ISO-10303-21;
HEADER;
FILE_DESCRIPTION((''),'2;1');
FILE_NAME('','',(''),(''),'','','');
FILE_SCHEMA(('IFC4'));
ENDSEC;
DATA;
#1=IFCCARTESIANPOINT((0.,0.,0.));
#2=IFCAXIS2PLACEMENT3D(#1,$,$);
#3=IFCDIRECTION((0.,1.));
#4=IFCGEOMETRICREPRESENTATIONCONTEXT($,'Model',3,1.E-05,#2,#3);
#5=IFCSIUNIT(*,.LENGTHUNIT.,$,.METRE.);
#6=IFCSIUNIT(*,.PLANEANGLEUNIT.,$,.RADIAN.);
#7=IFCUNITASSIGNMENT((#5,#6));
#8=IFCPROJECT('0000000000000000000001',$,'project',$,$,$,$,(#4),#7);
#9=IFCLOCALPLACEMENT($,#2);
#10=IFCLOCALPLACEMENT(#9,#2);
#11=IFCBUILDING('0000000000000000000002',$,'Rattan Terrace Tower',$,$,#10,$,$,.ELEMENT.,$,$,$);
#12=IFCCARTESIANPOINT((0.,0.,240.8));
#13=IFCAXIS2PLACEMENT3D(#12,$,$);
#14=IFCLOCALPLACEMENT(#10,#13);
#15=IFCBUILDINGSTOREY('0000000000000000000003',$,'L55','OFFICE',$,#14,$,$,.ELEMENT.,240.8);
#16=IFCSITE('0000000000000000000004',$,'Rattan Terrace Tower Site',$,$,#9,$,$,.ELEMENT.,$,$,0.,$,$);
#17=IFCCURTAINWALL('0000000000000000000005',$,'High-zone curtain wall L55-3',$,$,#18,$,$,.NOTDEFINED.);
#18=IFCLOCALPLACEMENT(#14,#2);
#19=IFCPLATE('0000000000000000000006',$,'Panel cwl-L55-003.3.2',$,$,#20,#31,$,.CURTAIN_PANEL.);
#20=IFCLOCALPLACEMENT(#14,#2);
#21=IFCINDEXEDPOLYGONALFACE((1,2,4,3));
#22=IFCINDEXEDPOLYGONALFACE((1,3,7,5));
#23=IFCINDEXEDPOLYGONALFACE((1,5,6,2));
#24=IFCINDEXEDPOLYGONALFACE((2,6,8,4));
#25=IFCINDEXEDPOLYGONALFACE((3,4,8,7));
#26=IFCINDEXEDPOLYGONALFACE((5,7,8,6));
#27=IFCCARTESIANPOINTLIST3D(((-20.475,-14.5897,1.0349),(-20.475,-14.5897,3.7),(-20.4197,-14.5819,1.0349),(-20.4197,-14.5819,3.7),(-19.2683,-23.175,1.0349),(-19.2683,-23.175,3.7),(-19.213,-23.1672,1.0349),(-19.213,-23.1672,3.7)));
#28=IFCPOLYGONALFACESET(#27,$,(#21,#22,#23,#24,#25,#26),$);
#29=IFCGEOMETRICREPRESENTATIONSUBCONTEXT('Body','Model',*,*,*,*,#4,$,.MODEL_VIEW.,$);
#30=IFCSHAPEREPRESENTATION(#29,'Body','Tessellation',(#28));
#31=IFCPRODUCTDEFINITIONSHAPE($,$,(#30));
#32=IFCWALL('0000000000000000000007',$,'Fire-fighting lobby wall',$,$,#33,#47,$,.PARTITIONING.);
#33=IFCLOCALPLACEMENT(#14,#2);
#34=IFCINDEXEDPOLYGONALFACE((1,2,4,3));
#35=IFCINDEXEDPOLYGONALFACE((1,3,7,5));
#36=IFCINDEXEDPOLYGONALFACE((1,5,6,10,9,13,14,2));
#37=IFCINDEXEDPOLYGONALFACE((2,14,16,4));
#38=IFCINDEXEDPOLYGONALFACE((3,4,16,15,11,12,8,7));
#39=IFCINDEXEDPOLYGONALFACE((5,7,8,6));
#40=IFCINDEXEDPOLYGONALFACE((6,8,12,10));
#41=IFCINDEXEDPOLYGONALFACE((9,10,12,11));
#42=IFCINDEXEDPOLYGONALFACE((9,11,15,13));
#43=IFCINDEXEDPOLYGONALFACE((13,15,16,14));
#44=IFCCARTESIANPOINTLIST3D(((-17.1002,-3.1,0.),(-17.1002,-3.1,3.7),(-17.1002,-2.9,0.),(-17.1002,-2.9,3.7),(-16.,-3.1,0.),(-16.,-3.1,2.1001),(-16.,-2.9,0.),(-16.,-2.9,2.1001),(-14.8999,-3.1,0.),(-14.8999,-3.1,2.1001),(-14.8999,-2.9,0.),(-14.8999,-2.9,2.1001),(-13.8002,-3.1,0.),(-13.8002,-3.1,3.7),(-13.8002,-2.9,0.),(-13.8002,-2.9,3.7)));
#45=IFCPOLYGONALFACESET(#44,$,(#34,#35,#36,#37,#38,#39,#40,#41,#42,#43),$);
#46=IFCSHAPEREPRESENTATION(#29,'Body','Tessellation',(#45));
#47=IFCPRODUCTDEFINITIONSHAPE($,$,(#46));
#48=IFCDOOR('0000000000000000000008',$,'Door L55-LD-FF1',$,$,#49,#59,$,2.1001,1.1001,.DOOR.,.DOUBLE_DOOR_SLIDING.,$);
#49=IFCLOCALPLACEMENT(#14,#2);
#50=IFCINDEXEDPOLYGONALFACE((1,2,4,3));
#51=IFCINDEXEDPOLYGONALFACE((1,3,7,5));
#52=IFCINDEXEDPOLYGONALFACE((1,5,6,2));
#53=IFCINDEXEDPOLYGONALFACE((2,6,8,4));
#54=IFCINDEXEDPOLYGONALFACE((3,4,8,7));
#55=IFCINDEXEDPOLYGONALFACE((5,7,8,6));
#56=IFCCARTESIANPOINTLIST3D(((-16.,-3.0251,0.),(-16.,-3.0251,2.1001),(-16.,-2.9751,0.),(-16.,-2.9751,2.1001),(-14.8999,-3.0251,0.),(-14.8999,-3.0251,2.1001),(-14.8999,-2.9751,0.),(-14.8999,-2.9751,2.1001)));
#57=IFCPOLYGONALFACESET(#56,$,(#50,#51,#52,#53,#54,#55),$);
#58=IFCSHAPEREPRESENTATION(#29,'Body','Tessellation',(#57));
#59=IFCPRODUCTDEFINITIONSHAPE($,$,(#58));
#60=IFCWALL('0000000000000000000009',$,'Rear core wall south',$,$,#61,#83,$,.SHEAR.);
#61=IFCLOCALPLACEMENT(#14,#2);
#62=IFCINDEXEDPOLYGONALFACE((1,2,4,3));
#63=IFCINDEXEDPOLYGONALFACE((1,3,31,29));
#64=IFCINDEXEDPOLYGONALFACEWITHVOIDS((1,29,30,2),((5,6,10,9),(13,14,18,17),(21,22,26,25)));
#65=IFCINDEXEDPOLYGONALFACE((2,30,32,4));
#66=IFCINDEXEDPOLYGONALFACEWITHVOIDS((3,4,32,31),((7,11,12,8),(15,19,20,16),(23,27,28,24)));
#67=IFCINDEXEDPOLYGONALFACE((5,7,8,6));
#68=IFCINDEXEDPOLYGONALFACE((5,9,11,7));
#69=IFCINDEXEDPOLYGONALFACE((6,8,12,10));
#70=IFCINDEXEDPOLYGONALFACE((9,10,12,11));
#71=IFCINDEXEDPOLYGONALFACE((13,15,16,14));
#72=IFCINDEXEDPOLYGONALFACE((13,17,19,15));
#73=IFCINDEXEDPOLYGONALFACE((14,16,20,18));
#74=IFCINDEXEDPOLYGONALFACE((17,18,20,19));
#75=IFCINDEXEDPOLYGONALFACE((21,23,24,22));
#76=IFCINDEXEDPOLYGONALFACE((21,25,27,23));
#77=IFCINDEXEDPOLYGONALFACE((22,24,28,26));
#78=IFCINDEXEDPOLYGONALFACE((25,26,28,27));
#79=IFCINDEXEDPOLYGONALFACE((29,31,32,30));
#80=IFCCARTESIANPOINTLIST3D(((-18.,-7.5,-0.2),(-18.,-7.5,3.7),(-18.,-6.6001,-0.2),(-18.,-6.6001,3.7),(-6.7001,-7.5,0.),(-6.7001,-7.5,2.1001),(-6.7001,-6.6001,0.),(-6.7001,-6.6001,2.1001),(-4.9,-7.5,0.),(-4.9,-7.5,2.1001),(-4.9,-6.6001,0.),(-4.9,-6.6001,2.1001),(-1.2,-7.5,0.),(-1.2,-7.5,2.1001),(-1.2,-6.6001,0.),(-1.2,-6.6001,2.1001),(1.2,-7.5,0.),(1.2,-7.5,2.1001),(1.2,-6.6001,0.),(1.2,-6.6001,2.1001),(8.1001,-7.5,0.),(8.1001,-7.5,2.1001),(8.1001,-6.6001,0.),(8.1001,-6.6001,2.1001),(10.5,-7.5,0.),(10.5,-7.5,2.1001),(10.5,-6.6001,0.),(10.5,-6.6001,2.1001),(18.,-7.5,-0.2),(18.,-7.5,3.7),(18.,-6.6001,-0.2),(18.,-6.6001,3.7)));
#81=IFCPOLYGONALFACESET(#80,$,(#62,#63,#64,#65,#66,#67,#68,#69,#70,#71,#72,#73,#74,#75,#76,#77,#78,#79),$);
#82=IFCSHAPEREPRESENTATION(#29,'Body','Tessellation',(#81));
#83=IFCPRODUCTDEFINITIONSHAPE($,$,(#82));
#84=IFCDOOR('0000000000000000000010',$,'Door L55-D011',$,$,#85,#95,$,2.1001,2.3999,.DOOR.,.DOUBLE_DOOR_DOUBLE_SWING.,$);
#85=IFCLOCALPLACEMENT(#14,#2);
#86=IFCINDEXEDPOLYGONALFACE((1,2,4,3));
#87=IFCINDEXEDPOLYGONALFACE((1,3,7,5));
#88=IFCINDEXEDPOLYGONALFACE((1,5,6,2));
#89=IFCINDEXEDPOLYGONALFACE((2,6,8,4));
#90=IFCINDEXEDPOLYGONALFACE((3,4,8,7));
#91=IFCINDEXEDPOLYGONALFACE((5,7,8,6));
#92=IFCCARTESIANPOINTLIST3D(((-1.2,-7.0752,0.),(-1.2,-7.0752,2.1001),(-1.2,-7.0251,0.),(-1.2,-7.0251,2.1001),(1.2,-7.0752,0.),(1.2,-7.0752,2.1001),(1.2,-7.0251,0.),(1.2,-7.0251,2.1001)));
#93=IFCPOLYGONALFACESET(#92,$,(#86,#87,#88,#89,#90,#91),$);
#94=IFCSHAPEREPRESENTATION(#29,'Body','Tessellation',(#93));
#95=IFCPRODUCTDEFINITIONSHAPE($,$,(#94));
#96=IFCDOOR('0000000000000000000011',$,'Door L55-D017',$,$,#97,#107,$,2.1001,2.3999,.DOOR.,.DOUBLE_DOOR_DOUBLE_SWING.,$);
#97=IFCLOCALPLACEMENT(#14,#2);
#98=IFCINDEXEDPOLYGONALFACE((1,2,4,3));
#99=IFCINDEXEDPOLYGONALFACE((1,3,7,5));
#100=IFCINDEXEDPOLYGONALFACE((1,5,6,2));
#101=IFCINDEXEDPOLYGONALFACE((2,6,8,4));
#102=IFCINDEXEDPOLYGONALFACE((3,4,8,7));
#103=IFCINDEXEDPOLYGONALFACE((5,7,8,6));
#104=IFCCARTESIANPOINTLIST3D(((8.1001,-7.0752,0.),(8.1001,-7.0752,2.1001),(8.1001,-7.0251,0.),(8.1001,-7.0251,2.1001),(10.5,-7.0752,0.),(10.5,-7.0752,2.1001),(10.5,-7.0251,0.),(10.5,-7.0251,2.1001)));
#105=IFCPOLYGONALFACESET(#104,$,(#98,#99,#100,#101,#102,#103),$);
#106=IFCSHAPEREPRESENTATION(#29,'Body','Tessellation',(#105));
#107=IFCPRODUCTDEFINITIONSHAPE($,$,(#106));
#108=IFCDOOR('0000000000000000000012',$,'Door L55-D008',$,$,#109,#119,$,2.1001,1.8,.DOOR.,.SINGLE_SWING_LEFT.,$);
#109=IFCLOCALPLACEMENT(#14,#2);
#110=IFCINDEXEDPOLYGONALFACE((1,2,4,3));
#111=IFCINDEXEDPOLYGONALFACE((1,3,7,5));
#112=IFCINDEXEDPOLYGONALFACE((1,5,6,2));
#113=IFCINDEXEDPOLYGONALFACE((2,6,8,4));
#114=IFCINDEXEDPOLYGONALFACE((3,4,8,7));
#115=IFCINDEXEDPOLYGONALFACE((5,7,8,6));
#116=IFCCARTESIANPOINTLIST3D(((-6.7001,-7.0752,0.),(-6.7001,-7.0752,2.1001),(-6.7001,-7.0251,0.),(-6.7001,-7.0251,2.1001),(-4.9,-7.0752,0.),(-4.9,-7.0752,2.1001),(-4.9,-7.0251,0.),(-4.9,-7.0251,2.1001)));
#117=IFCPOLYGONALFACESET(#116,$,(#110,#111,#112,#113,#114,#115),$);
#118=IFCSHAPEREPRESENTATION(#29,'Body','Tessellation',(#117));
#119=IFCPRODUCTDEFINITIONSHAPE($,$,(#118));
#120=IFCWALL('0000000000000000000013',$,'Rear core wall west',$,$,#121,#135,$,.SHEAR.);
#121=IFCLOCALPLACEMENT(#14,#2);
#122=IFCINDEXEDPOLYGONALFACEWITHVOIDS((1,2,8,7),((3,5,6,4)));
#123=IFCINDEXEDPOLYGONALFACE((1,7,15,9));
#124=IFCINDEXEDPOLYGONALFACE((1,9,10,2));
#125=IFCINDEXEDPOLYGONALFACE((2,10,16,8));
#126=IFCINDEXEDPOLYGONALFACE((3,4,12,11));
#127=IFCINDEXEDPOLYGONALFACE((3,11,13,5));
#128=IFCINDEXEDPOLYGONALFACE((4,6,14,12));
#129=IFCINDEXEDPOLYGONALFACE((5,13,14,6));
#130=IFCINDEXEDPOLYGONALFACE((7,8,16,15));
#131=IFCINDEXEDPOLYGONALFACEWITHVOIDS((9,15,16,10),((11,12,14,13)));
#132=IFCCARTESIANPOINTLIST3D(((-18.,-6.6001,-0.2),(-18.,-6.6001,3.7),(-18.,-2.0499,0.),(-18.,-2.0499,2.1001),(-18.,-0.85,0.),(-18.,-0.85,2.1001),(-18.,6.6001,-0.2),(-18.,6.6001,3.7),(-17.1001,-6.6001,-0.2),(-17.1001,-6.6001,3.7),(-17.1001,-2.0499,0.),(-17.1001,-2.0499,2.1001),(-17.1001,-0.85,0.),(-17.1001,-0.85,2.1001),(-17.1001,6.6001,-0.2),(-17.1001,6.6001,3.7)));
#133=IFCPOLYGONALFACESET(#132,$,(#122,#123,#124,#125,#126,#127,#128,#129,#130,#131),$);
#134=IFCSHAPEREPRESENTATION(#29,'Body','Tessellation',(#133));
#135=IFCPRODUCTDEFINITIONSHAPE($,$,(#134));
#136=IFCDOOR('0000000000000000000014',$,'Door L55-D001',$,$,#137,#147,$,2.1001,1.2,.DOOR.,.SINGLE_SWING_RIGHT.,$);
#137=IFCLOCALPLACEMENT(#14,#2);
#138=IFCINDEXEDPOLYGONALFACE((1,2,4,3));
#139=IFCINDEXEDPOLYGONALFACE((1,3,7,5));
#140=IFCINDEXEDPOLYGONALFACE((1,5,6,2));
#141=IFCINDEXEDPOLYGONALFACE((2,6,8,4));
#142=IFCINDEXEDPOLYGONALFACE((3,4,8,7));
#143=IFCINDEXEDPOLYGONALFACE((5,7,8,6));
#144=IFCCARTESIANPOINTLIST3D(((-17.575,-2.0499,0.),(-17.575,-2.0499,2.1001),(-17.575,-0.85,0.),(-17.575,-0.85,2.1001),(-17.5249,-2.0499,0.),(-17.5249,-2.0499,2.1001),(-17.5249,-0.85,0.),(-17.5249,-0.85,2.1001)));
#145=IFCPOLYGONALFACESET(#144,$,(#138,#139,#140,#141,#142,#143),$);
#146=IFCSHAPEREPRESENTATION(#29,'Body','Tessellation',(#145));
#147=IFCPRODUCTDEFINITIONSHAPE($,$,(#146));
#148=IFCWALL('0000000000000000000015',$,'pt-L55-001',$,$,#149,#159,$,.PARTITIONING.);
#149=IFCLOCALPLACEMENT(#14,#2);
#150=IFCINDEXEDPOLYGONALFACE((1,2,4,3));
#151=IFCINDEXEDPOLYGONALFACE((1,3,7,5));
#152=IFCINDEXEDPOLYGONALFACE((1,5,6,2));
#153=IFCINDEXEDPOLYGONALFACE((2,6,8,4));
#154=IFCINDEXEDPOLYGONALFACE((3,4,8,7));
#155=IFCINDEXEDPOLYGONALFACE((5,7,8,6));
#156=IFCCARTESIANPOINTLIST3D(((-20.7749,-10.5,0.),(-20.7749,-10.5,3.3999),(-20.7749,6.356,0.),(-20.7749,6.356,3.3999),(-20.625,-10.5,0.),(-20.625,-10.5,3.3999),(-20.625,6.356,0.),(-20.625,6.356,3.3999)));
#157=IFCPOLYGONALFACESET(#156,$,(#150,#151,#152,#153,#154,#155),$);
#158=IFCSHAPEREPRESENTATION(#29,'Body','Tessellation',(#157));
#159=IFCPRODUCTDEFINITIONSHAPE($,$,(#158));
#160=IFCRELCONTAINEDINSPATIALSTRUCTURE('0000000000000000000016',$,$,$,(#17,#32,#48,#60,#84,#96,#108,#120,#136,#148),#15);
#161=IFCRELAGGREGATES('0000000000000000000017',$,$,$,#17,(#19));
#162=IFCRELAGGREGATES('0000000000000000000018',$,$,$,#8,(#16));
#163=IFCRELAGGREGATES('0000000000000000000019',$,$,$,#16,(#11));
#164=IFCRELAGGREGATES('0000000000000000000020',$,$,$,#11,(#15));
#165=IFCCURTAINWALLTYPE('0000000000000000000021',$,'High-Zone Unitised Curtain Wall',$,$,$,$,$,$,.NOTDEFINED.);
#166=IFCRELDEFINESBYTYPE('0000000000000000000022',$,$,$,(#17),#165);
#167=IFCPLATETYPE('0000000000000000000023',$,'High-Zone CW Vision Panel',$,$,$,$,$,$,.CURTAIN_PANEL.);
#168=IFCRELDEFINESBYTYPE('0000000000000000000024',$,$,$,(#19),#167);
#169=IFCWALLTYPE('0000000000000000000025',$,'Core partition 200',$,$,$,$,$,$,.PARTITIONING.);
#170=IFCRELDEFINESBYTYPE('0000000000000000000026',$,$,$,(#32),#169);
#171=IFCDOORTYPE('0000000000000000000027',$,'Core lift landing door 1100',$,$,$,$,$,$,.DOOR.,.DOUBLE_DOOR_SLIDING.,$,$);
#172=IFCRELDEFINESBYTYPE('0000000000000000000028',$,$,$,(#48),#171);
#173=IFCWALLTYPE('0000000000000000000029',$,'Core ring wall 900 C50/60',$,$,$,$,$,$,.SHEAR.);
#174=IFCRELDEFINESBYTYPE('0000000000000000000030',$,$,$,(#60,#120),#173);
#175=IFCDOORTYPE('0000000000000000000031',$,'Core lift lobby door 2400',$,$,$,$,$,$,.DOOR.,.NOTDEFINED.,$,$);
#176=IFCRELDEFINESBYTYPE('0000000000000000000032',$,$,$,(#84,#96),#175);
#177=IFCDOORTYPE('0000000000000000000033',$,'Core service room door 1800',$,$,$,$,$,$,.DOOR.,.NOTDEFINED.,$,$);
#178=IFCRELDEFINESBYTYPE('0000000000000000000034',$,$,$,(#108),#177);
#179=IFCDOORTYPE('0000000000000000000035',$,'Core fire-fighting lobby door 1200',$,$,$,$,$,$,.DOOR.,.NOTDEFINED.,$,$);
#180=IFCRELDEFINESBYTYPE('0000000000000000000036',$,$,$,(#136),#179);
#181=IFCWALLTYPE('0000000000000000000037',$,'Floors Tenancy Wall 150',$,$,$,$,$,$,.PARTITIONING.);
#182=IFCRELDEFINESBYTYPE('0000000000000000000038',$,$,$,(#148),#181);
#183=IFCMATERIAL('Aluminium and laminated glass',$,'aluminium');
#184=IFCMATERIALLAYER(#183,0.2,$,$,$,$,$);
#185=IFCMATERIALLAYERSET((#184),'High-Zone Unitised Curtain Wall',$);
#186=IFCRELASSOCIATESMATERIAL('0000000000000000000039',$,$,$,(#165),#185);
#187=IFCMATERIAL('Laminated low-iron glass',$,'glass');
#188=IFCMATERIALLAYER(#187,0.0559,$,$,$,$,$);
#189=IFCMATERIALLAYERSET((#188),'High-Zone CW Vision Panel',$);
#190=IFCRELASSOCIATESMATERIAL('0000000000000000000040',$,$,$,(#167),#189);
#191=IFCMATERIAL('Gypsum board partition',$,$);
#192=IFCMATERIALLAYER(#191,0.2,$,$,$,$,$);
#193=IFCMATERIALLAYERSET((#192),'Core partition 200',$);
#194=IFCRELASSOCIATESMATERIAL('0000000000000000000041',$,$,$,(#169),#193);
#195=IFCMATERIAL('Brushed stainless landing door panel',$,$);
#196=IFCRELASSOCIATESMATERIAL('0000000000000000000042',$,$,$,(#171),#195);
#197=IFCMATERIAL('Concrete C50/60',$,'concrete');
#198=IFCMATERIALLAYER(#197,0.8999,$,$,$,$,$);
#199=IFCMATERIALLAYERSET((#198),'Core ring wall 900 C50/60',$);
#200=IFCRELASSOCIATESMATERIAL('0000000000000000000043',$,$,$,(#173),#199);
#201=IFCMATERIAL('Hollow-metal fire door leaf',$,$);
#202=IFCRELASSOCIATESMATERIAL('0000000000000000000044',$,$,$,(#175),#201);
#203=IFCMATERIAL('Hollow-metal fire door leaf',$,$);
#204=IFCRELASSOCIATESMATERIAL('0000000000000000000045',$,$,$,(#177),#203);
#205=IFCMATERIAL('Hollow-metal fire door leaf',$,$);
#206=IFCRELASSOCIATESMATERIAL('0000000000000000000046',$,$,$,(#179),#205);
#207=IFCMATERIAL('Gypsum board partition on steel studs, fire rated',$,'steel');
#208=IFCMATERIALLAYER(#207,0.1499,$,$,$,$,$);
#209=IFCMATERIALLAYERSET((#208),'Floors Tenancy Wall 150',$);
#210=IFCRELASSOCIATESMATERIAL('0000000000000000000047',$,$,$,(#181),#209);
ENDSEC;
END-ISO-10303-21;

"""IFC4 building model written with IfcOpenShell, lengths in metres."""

from ifc_helpers import new_model, si_unit, direction, frame, frame_2d, origin, origin_2d, place, context, subcontext, project, spatial, rectangle, extrude, material, layer, layer_set, type_object, element, fill, aggregate, save


model = new_model("IFC4")

# Units and contexts
model_context = context("Model", 3, precision=1e-05, world=origin(), true_north=direction((0.0, 1.0)))
body_context = subcontext(model_context, "Body", "Model", "MODEL_VIEW")
ifc_project = project(units=[si_unit("LENGTHUNIT", "METRE"), si_unit("PLANEANGLEUNIT", "RADIAN")], contexts=[model_context])

# Site, building, storey
site_placement = place(None, origin())
site = spatial("IfcSite", under=ifc_project, at=site_placement, Name="Rattan Terrace Tower Site", CompositionType="ELEMENT", RefElevation=0.0)
building_placement = place(site_placement, origin())
building = spatial("IfcBuilding", under=site, at=building_placement, Name="Rattan Terrace Tower", CompositionType="ELEMENT")
storey_placement = place(building_placement, frame((0.0, 0.0, 240.8)))
storey = spatial("IfcBuildingStorey", under=building, at=storey_placement, Name="L55", Description="OFFICE", CompositionType="ELEMENT", Elevation=240.8)

# Curtain wall, plate
ifc_material_1 = material(Name="Aluminium and laminated glass", Category="aluminium")
ifc_layer_1 = layer(ifc_material_1, 0.2)
ifc_layer_set_1 = layer_set([ifc_layer_1], Name="High-Zone Unitised Curtain Wall")
curtain_wall_type = type_object("IfcCurtainWallType", Name="High-Zone Unitised Curtain Wall", PredefinedType="NOTDEFINED", material=ifc_layer_set_1)
curtain_wall_placement = place(storey_placement, origin())
curtain_wall = element("IfcCurtainWall", 1, at=curtain_wall_placement, inside=storey, type_object=curtain_wall_type, Name="High-zone curtain wall L55-3", PredefinedType="NOTDEFINED")
ifc_material_2 = material(Name="Laminated low-iron glass", Category="glass")
ifc_layer_2 = layer(ifc_material_2, 0.0559)
ifc_layer_set_2 = layer_set([ifc_layer_2], Name="High-Zone CW Vision Panel")
plate_type_1 = type_object("IfcPlateType", Name="High-Zone CW Vision Panel", PredefinedType="CURTAIN_PANEL", material=ifc_layer_set_2)
plate_1_placement = place(storey_placement, frame((-19.844, -18.8784, 1.0349), z_axis=(0.0, 0.0, 1.0), x_axis=(0.139186, -0.990266, 0.0)))
plate_1 = element("IfcPlate", 2, at=plate_1_placement, type_object=plate_type_1, Name="Panel cwl-L55-003.3.2", PredefinedType="CURTAIN_PANEL", context=body_context, shape_type="SweptSolid", body=[
    extrude(rectangle(XDim=8.6697, YDim=0.0559, at=origin_2d()), origin(), (0.0, 0.0, 1.0), 2.665),
])
aggregate(curtain_wall, [plate_1])

# Wall, opening, door
ifc_material_3 = material(Name="Gypsum board partition")
ifc_layer_3 = layer(ifc_material_3, 0.2)
ifc_layer_set_3 = layer_set([ifc_layer_3], Name="Core partition 200")
wall_type_1 = type_object("IfcWallType", Name="Core partition 200", PredefinedType="PARTITIONING", material=ifc_layer_set_3)
wall_1_placement = place(storey_placement, frame((-17.1001, -3.0, 0.0), z_axis=(0.0, 0.0, 1.0), x_axis=(1.0, 0.0, 0.0)))
wall_1 = element("IfcWall", 3, at=wall_1_placement, inside=storey, type_object=wall_type_1, Name="Fire-fighting lobby wall", PredefinedType="PARTITIONING", context=body_context, shape_type="SweptSolid", body=[
    extrude(rectangle(XDim=3.3, YDim=0.2, at=frame_2d((1.6499, 0.0))), origin(), (0.0, 0.0, 1.0), 3.7),
])
opening_1_placement = place(wall_1_placement, frame((1.1001, 0.0, 0.0)))
opening_1 = element("IfcOpeningElement", 4, at=opening_1_placement, cuts=wall_1, PredefinedType="OPENING", context=body_context, shape_type="SweptSolid", body=[
    extrude(rectangle(XDim=1.1001, YDim=2.1001, at=frame_2d((0.55, 1.05))), frame((0.0, 0.1106, 0.0), z_axis=(0.0, -1.0, 0.0), x_axis=(1.0, 0.0, 0.0)), (0.0, 0.0, 1.0), 0.2209),
])
ifc_material_4 = material(Name="Brushed stainless landing door panel")
door_type_1 = type_object("IfcDoorType", Name="Core lift landing door 1100", OperationType="DOUBLE_DOOR_SLIDING", PredefinedType="DOOR", material=ifc_material_4)
door_1_placement = place(opening_1_placement, origin())
door_1 = element("IfcDoor", 5, at=door_1_placement, inside=storey, type_object=door_type_1, Name="Door L55-LD-FF1", OperationType="DOUBLE_DOOR_SLIDING", OverallHeight=2.1001, OverallWidth=1.1001, PredefinedType="DOOR", context=body_context, shape_type="SweptSolid", body=[
    extrude(rectangle(XDim=1.1001, YDim=2.1001, at=frame_2d((0.55, 1.05))), frame((0.0, 0.0249, 0.0), z_axis=(0.0, -1.0, 0.0), x_axis=(1.0, 0.0, 0.0)), (0.0, 0.0, 1.0), 0.05),
])
fill(opening_1, door_1)

# Wall, openings, doors
ifc_material_5 = material(Name="Concrete C50/60", Category="concrete")
ifc_layer_4 = layer(ifc_material_5, 0.8999)
ifc_layer_set_4 = layer_set([ifc_layer_4], Name="Core ring wall 900 C50/60")
wall_type_2 = type_object("IfcWallType", Name="Core ring wall 900 C50/60", PredefinedType="SHEAR", material=ifc_layer_set_4)
wall_2_placement = place(storey_placement, frame((-18.0, -7.05, -0.2), z_axis=(0.0, 0.0, 1.0), x_axis=(1.0, 0.0, 0.0)))
wall_2 = element("IfcWall", 6, at=wall_2_placement, inside=storey, type_object=wall_type_2, Name="Rear core wall south", PredefinedType="SHEAR", context=body_context, shape_type="SweptSolid", body=[
    extrude(rectangle(XDim=36.0, YDim=0.8999, at=frame_2d((18.0, 0.0))), origin(), (0.0, 0.0, 1.0), 3.8999),
])
opening_2_placement = place(wall_2_placement, frame((11.3, 0.0, 0.2)))
opening_2 = element("IfcOpeningElement", 7, at=opening_2_placement, cuts=wall_2, PredefinedType="OPENING", context=body_context, shape_type="SweptSolid", body=[
    extrude(rectangle(XDim=1.8, YDim=2.1001, at=frame_2d((0.8999, 1.05))), frame((0.0, 0.4604, 0.0), z_axis=(0.0, -1.0, 0.0), x_axis=(1.0, 0.0, 0.0)), (0.0, 0.0, 1.0), 0.9209),
])
opening_3_placement = place(wall_2_placement, frame((16.8, 0.0, 0.2)))
opening_3 = element("IfcOpeningElement", 8, at=opening_3_placement, cuts=wall_2, PredefinedType="OPENING", context=body_context, shape_type="SweptSolid", body=[
    extrude(rectangle(XDim=2.3999, YDim=2.1001, at=frame_2d((1.2, 1.05))), frame((0.0, 0.4604, 0.0), z_axis=(0.0, -1.0, 0.0), x_axis=(1.0, 0.0, 0.0)), (0.0, 0.0, 1.0), 0.9209),
])
opening_4_placement = place(wall_2_placement, frame((26.1001, 0.0, 0.2)))
opening_4 = element("IfcOpeningElement", 9, at=opening_4_placement, cuts=wall_2, PredefinedType="OPENING", context=body_context, shape_type="SweptSolid", body=[
    extrude(rectangle(XDim=2.3999, YDim=2.1001, at=frame_2d((1.2, 1.05))), frame((0.0, 0.4604, 0.0), z_axis=(0.0, -1.0, 0.0), x_axis=(1.0, 0.0, 0.0)), (0.0, 0.0, 1.0), 0.9209),
])
ifc_material_6 = material(Name="Hollow-metal fire door leaf")
door_type_2 = type_object("IfcDoorType", Name="Core lift lobby door 2400", OperationType="NOTDEFINED", PredefinedType="DOOR", material=ifc_material_6)
door_2_placement = place(opening_3_placement, origin())
door_2 = element("IfcDoor", 10, at=door_2_placement, inside=storey, type_object=door_type_2, Name="Door L55-D011", OperationType="DOUBLE_DOOR_DOUBLE_SWING", OverallHeight=2.1001, OverallWidth=2.3999, PredefinedType="DOOR", context=body_context, shape_type="SweptSolid", body=[
    extrude(rectangle(XDim=2.3999, YDim=2.1001, at=frame_2d((1.2, 1.05))), frame((0.0, 0.0249, 0.0), z_axis=(0.0, -1.0, 0.0), x_axis=(1.0, 0.0, 0.0)), (0.0, 0.0, 1.0), 0.05),
])
fill(opening_3, door_2)
door_3_placement = place(opening_4_placement, origin())
door_3 = element("IfcDoor", 11, at=door_3_placement, inside=storey, type_object=door_type_2, Name="Door L55-D017", OperationType="DOUBLE_DOOR_DOUBLE_SWING", OverallHeight=2.1001, OverallWidth=2.3999, PredefinedType="DOOR", context=body_context, shape_type="SweptSolid", body=[
    extrude(rectangle(XDim=2.3999, YDim=2.1001, at=frame_2d((1.2, 1.05))), frame((0.0, 0.0249, 0.0), z_axis=(0.0, -1.0, 0.0), x_axis=(1.0, 0.0, 0.0)), (0.0, 0.0, 1.0), 0.05),
])
fill(opening_4, door_3)
ifc_material_7 = material(Name="Hollow-metal fire door leaf")
door_type_3 = type_object("IfcDoorType", Name="Core service room door 1800", OperationType="NOTDEFINED", PredefinedType="DOOR", material=ifc_material_7)
door_4_placement = place(opening_2_placement, origin())
door_4 = element("IfcDoor", 12, at=door_4_placement, inside=storey, type_object=door_type_3, Name="Door L55-D008", OperationType="SINGLE_SWING_LEFT", OverallHeight=2.1001, OverallWidth=1.8, PredefinedType="DOOR", context=body_context, shape_type="SweptSolid", body=[
    extrude(rectangle(XDim=1.8, YDim=2.1001, at=frame_2d((0.8999, 1.05))), frame((0.0, 0.0249, 0.0), z_axis=(0.0, -1.0, 0.0), x_axis=(1.0, 0.0, 0.0)), (0.0, 0.0, 1.0), 0.05),
])
fill(opening_2, door_4)

# Wall, opening, door
wall_3_placement = place(storey_placement, frame((-17.55, -6.6001, -0.2), z_axis=(0.0, 0.0, 1.0), x_axis=(0.0, 1.0, 0.0)))
wall_3 = element("IfcWall", 13, at=wall_3_placement, inside=storey, type_object=wall_type_2, Name="Rear core wall west", PredefinedType="SHEAR", context=body_context, shape_type="SweptSolid", body=[
    extrude(rectangle(XDim=13.2002, YDim=0.8999, at=frame_2d((6.6001, 0.0))), origin(), (0.0, 0.0, 1.0), 3.8999),
])
opening_5_placement = place(wall_3_placement, frame((4.55, 0.0, 0.2)))
opening_5 = element("IfcOpeningElement", 14, at=opening_5_placement, cuts=wall_3, PredefinedType="OPENING", context=body_context, shape_type="SweptSolid", body=[
    extrude(rectangle(XDim=1.2, YDim=2.1001, at=frame_2d((0.6001, 1.05))), frame((0.0, 0.4604, 0.0), z_axis=(0.0, -1.0, 0.0), x_axis=(1.0, 0.0, 0.0)), (0.0, 0.0, 1.0), 0.9209),
])
ifc_material_8 = material(Name="Hollow-metal fire door leaf")
door_type_4 = type_object("IfcDoorType", Name="Core fire-fighting lobby door 1200", OperationType="NOTDEFINED", PredefinedType="DOOR", material=ifc_material_8)
door_5_placement = place(opening_5_placement, origin())
door_5 = element("IfcDoor", 15, at=door_5_placement, inside=storey, type_object=door_type_4, Name="Door L55-D001", OperationType="SINGLE_SWING_RIGHT", OverallHeight=2.1001, OverallWidth=1.2, PredefinedType="DOOR", context=body_context, shape_type="SweptSolid", body=[
    extrude(rectangle(XDim=1.2, YDim=2.1001, at=frame_2d((0.6001, 1.05))), frame((0.0, 0.0249, 0.0), z_axis=(0.0, -1.0, 0.0), x_axis=(1.0, 0.0, 0.0)), (0.0, 0.0, 1.0), 0.05),
])
fill(opening_5, door_5)

# Wall
ifc_material_9 = material(Name="Gypsum board partition on steel studs, fire rated", Category="steel")
ifc_layer_5 = layer(ifc_material_9, 0.1499)
ifc_layer_set_5 = layer_set([ifc_layer_5], Name="Floors Tenancy Wall 150")
wall_type_3 = type_object("IfcWallType", Name="Floors Tenancy Wall 150", PredefinedType="PARTITIONING", material=ifc_layer_set_5)
wall_4_placement = place(storey_placement, frame((-20.7, -10.5, 0.0), z_axis=(0.0, 0.0, 1.0), x_axis=(0.0, 1.0, 0.0)))
element("IfcWall", 16, at=wall_4_placement, inside=storey, type_object=wall_type_3, Name="pt-L55-001", PredefinedType="PARTITIONING", context=body_context, shape_type="SweptSolid", body=[
    extrude(rectangle(XDim=16.856, YDim=0.1499, at=frame_2d((8.428, 0.0))), origin(), (0.0, 0.0, 1.0), 3.3999),
])

save(model, "model.ifc")
